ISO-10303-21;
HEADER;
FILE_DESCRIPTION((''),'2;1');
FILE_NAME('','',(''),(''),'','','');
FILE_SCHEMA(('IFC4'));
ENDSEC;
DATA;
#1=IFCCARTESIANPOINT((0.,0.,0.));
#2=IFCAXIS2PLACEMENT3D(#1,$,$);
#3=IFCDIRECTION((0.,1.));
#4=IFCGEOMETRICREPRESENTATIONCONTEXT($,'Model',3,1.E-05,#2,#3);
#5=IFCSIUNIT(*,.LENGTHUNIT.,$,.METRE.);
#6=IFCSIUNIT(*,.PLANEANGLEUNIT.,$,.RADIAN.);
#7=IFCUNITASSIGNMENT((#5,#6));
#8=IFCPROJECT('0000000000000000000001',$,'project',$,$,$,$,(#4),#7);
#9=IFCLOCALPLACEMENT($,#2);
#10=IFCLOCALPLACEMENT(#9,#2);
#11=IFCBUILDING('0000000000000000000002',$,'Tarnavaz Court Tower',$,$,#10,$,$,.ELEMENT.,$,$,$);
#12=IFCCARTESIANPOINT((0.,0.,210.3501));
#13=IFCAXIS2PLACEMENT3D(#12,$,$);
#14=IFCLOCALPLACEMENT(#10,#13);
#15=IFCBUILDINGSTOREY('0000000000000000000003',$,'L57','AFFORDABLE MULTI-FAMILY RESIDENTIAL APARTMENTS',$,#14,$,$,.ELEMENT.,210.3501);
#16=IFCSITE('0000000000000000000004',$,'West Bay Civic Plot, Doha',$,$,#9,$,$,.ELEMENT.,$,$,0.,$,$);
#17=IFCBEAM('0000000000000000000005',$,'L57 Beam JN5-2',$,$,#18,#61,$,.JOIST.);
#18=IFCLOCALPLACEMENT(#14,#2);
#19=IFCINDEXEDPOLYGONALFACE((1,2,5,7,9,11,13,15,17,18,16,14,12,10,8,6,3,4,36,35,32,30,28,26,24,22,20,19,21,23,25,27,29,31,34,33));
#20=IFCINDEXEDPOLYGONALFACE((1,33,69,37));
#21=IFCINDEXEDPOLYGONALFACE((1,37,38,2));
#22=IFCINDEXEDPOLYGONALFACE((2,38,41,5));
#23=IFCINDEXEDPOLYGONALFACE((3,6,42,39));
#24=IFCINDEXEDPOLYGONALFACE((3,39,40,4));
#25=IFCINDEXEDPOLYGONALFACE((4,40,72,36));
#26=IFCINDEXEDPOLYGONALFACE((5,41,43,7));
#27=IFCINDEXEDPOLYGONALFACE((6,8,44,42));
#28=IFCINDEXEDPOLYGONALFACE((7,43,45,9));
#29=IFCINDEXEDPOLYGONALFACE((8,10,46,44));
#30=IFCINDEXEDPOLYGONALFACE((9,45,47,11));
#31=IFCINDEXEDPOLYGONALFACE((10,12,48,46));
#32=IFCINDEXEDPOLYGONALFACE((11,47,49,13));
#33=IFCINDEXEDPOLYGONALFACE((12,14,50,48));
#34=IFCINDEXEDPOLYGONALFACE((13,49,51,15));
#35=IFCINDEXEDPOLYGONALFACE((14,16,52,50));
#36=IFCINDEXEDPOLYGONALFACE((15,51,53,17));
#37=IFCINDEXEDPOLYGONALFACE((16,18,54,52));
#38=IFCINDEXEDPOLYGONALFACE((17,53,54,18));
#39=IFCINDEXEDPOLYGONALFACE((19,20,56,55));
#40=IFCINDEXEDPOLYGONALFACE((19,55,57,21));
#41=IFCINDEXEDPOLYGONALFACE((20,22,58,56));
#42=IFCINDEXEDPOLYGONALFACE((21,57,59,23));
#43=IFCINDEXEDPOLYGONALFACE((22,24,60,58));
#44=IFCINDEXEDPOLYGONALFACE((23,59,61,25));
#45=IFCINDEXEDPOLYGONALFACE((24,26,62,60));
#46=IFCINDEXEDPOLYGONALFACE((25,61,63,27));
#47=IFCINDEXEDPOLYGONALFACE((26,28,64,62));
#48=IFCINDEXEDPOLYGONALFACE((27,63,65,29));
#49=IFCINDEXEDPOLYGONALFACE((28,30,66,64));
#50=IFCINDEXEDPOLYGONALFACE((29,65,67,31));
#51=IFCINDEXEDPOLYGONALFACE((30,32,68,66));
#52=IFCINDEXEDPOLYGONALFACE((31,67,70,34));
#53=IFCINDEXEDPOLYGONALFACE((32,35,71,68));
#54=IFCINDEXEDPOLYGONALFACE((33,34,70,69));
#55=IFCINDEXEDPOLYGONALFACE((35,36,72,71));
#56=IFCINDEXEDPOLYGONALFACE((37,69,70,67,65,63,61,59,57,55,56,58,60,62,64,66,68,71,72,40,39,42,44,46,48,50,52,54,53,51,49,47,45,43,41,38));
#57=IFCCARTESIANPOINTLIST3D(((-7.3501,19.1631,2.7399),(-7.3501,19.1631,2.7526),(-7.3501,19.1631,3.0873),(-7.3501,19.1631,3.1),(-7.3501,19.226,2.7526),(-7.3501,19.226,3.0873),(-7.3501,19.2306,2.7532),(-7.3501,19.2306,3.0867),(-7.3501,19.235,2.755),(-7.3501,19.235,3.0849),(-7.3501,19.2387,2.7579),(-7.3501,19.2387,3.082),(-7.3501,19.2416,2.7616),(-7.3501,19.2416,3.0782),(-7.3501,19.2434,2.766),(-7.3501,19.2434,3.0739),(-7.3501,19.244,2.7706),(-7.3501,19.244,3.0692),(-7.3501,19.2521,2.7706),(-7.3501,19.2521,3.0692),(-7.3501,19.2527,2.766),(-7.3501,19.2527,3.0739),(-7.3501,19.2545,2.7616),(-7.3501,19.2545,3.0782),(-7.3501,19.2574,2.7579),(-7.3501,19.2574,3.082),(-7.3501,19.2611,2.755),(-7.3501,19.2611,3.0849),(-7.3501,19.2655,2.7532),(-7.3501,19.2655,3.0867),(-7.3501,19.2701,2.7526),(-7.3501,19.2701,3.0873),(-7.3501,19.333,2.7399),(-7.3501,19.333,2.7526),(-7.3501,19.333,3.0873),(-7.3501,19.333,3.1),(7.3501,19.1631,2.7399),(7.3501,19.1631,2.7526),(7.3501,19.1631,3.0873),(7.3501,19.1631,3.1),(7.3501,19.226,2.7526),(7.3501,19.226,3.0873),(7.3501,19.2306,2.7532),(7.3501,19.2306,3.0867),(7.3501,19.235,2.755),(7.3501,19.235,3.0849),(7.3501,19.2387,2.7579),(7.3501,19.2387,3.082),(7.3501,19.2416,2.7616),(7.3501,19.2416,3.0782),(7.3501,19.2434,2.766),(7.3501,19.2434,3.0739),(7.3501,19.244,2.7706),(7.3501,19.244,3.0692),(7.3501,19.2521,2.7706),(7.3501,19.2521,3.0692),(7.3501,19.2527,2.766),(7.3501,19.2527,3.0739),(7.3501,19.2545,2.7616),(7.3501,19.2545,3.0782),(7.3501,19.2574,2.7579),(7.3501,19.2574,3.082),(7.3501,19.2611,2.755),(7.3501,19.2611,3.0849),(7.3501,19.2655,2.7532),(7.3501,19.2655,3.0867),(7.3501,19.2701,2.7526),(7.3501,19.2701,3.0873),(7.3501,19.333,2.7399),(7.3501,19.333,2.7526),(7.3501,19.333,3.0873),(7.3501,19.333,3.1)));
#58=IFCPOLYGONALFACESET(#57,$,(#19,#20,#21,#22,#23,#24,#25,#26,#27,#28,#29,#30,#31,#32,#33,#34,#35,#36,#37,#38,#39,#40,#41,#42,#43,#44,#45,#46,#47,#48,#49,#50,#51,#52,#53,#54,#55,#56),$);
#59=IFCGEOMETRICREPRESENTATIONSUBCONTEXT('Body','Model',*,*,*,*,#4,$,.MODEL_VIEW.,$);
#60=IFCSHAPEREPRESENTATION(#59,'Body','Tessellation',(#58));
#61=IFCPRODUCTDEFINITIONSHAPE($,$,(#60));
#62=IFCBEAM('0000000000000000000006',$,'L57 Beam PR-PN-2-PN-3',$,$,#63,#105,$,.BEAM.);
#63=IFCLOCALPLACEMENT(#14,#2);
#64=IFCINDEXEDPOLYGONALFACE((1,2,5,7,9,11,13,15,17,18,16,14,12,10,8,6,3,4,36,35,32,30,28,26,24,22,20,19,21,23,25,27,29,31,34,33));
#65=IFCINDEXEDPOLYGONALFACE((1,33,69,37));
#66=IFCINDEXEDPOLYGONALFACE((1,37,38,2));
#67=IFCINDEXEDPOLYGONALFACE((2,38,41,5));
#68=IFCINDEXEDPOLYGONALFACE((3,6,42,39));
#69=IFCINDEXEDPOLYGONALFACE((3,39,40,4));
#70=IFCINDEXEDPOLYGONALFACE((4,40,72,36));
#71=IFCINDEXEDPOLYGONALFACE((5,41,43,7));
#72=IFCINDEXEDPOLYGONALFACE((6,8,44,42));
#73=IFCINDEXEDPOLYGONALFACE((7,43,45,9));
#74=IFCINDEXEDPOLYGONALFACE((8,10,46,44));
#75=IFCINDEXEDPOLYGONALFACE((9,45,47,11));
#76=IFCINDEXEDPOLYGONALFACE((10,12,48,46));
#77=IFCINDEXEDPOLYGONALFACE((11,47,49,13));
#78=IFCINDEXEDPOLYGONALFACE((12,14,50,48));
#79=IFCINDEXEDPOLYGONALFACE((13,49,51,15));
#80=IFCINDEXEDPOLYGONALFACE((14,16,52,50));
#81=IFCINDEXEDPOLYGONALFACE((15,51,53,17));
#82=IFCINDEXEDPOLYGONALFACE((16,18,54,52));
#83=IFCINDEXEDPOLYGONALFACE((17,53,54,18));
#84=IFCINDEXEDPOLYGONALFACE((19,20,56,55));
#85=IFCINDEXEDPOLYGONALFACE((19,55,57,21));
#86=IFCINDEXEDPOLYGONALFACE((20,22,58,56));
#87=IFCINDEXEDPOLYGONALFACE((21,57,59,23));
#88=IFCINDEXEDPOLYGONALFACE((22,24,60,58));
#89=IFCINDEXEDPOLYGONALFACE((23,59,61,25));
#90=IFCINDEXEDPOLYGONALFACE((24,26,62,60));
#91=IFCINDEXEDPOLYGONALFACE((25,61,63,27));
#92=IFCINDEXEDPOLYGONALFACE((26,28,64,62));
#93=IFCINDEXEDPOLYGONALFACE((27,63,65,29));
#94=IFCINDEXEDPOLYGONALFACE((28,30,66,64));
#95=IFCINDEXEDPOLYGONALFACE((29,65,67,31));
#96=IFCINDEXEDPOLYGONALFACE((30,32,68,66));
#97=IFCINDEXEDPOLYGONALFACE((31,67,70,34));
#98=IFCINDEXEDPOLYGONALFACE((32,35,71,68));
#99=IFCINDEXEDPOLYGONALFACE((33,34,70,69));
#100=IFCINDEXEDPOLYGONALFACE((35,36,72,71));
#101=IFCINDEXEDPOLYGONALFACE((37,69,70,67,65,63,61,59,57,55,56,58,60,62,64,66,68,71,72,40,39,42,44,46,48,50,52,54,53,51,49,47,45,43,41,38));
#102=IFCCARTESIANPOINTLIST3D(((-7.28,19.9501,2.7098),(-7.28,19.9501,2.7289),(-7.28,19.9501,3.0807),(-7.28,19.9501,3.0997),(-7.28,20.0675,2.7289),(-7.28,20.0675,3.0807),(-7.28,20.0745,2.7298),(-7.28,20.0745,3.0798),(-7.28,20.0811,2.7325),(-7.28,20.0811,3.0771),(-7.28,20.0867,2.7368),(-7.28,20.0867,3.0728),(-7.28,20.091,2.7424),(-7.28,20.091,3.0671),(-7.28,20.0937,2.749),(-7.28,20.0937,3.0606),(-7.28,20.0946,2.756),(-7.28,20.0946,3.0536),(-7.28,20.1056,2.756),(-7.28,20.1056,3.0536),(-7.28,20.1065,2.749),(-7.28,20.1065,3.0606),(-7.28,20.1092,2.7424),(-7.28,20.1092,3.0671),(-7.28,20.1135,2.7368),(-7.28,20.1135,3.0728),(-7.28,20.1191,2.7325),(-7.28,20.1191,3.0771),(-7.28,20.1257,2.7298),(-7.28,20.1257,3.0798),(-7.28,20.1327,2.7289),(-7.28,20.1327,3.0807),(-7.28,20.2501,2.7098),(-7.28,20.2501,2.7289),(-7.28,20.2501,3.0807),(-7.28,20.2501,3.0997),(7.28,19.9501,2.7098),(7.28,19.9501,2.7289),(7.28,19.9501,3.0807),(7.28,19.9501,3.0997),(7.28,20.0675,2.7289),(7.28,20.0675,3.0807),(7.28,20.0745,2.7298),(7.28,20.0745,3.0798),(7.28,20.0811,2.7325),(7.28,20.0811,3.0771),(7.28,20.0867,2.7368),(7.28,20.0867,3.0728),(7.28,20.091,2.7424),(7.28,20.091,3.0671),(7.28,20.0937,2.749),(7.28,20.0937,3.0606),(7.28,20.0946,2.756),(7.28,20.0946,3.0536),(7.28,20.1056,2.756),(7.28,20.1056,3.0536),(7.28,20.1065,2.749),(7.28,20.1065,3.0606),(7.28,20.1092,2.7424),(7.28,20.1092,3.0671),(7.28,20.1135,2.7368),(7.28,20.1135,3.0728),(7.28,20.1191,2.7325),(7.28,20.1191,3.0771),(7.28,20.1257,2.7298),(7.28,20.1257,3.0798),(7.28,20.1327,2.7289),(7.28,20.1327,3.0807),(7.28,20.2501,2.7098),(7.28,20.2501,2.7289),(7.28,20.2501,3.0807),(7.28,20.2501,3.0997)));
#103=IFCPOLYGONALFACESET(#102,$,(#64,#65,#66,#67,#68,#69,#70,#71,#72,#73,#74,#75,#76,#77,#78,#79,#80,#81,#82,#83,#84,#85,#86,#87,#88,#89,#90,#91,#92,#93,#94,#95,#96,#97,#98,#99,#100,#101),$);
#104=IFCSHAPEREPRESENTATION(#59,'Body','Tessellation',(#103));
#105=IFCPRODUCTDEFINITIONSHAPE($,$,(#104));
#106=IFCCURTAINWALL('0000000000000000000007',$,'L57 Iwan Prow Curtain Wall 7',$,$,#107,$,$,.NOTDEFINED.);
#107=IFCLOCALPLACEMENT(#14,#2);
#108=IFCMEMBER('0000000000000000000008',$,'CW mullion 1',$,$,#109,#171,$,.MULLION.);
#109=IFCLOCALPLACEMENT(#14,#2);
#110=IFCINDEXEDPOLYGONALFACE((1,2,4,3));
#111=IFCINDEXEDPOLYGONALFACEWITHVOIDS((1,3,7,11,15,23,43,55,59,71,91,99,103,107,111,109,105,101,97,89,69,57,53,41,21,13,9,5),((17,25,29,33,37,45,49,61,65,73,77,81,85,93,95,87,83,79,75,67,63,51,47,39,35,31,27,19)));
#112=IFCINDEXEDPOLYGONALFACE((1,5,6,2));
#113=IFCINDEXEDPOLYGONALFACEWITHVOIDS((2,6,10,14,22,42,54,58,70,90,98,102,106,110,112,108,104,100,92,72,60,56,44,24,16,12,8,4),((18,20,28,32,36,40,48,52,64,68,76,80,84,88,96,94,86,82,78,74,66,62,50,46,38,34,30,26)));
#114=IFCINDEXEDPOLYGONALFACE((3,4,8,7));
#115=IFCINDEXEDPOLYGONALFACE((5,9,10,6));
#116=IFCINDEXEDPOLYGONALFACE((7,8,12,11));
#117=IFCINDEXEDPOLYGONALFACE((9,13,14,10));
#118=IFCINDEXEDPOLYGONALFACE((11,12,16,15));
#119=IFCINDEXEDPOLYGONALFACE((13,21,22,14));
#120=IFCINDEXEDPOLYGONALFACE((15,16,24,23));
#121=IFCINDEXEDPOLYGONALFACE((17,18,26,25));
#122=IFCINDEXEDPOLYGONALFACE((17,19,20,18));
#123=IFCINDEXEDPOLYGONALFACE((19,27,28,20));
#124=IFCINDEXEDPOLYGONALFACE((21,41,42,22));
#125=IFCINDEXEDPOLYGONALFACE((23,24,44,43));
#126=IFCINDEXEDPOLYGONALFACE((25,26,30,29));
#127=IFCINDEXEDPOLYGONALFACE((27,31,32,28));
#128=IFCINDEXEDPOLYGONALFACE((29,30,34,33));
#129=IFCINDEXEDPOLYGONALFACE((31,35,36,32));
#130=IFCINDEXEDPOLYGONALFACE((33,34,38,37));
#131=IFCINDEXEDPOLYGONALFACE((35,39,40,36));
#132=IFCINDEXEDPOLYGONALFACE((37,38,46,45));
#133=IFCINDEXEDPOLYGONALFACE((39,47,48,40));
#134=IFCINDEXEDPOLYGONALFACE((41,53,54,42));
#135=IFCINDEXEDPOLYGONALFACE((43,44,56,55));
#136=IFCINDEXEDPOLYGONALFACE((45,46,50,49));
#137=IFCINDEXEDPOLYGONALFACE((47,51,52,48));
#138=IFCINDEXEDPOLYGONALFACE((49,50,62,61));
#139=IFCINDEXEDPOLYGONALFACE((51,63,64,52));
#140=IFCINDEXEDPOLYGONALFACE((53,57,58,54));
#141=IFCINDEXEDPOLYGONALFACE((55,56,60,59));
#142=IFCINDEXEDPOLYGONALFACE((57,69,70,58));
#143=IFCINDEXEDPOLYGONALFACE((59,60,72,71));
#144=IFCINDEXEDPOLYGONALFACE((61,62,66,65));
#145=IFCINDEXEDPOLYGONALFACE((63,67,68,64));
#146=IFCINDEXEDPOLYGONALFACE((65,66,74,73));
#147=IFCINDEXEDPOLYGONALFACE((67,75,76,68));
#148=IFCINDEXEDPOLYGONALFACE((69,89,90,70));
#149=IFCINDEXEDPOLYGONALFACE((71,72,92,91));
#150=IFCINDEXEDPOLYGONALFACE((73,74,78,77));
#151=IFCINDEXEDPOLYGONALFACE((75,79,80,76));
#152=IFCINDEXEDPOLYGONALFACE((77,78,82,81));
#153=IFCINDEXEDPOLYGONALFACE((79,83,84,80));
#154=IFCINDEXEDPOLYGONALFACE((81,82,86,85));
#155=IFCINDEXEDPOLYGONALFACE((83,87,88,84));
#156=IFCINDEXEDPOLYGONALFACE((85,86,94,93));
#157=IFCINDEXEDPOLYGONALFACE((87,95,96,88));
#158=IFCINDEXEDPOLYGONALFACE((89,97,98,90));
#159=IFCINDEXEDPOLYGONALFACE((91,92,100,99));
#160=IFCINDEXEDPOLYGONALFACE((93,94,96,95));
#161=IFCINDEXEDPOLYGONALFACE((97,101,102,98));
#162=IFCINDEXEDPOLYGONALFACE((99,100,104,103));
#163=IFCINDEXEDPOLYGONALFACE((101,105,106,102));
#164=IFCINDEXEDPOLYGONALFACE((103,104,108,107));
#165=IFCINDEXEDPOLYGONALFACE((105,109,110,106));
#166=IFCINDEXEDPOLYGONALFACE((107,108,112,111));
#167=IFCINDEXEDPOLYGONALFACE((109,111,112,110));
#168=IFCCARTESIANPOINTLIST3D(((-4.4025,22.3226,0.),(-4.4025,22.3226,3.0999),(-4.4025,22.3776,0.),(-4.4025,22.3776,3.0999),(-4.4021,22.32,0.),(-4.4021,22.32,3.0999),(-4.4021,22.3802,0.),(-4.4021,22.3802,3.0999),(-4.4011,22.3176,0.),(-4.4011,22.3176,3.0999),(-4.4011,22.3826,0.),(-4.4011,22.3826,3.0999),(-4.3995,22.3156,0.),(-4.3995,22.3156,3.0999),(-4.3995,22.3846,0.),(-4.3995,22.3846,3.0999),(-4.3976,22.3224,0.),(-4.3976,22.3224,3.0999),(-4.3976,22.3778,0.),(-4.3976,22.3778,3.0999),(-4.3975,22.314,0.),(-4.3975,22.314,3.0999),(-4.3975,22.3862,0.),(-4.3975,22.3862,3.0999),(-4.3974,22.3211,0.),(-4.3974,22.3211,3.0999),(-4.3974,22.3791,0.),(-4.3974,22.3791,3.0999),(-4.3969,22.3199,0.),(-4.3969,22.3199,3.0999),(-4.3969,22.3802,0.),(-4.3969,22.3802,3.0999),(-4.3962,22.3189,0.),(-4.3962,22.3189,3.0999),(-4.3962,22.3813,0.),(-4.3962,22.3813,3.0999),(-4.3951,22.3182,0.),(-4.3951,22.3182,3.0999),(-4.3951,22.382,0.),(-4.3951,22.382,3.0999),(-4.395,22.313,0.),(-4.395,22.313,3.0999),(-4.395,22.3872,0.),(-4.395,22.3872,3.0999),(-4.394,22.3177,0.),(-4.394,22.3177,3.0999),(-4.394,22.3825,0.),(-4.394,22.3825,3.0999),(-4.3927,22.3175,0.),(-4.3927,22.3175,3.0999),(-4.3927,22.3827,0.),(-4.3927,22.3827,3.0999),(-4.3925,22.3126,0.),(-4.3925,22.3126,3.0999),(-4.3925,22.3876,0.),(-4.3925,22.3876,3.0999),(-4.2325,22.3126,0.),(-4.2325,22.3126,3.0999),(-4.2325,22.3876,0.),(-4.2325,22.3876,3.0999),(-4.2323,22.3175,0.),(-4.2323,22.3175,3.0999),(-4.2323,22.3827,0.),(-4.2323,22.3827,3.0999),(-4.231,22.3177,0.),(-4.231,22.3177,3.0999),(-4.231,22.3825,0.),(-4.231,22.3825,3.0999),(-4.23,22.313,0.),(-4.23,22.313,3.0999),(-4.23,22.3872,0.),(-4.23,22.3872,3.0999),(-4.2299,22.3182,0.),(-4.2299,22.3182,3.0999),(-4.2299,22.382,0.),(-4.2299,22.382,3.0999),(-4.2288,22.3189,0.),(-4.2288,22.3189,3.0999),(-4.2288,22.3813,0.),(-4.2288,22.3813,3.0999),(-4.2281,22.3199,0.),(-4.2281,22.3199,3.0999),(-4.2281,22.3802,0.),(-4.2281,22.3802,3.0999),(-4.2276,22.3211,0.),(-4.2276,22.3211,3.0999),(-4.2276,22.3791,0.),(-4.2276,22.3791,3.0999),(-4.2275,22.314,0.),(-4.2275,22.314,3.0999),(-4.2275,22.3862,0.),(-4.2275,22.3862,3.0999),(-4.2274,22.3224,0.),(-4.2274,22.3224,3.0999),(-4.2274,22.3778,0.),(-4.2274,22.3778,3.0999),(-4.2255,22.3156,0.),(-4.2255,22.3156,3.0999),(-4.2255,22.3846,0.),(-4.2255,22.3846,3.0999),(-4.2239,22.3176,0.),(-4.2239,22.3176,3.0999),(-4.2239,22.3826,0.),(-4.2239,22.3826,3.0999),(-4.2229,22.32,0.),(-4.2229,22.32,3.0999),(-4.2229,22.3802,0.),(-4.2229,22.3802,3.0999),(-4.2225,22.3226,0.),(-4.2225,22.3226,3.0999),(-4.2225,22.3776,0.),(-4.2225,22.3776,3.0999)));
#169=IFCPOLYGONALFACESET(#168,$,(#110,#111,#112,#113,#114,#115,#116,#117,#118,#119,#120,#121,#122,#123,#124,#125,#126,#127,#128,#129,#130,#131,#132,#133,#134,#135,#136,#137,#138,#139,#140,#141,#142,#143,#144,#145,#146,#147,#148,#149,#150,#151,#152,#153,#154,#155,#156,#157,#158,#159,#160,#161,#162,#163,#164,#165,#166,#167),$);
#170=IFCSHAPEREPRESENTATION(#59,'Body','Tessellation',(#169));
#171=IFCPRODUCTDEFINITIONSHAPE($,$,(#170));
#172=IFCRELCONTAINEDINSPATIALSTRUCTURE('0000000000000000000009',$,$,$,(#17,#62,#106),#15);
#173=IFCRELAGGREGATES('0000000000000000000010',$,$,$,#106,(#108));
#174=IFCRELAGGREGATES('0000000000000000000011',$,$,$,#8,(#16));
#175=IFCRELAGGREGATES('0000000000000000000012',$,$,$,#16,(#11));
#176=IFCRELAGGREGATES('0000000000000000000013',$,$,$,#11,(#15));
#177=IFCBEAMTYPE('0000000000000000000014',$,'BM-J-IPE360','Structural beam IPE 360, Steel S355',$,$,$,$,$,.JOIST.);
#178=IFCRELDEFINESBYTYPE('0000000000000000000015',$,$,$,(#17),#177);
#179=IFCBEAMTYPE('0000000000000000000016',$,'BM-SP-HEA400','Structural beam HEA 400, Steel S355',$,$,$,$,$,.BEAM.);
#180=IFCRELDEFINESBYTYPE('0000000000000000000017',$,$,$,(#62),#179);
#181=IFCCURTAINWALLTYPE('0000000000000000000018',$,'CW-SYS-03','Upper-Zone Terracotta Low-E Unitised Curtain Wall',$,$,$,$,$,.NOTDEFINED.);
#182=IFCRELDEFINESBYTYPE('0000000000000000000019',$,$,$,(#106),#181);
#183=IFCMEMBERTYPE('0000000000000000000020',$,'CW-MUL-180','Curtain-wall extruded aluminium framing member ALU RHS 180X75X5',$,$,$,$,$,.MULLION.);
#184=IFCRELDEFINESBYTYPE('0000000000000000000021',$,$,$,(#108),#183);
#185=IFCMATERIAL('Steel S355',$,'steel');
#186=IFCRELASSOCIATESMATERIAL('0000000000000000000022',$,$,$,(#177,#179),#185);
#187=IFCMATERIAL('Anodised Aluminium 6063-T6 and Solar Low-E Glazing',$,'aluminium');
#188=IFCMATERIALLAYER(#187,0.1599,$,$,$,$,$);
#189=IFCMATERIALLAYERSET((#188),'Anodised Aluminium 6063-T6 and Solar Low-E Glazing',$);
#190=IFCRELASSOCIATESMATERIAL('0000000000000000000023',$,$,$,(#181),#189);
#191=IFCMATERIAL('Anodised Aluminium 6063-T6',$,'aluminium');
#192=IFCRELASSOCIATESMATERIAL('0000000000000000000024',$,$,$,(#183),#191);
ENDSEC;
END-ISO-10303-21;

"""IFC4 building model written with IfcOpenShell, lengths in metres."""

from ifc_helpers import new_model, si_unit, direction, frame, origin, origin_2d, place, context, subcontext, project, spatial, hollow_rectangle, i_section, extrude, material, layer, layer_set, material_profile, profile_set, type_object, element, aggregate, save


model = new_model("IFC4")

# Units and contexts
model_context = context("Model", 3, precision=1e-05, world=origin(), true_north=direction((0.0, 1.0)))
body_context = subcontext(model_context, "Body", "Model", "MODEL_VIEW")
ifc_project = project(units=[si_unit("LENGTHUNIT", "METRE"), si_unit("PLANEANGLEUNIT", "RADIAN")], contexts=[model_context])

# Site, building, storey
site_placement = place(None, origin())
site = spatial("IfcSite", under=ifc_project, at=site_placement, Name="West Bay Civic Plot, Doha", CompositionType="ELEMENT", RefElevation=0.0)
building_placement = place(site_placement, origin())
building = spatial("IfcBuilding", under=site, at=building_placement, Name="Tarnavaz Court Tower", CompositionType="ELEMENT")
storey_placement = place(building_placement, frame((0.0, 0.0, 210.3501)))
storey = spatial("IfcBuildingStorey", under=building, at=storey_placement, Name="L57", Description="AFFORDABLE MULTI-FAMILY RESIDENTIAL APARTMENTS", CompositionType="ELEMENT", Elevation=210.3501)

# Beams
ifc_material_1 = material(Name="Steel S355", Category="steel")
ifc_material_profile_1 = material_profile(ifc_material_1, i_section(OverallWidth=0.1699, OverallDepth=0.3601, WebThickness=0.0081, FlangeThickness=0.0127, FilletRadius=0.0181, at=origin_2d()), Name="IPE 360")
ifc_profile_set_1 = profile_set([ifc_material_profile_1], Name="Steel S355")
beam_type_1 = type_object("IfcBeamType", Name="BM-J-IPE360", Description="Structural beam IPE 360, Steel S355", PredefinedType="JOIST", material=ifc_profile_set_1)
for number, where, z_axis, x_axis, name in (
    (1, (-7.3501, 19.248, 2.9199), (1.0, 0.0, 0.0), (0.0, 1.0, 0.0), "L57 Beam JN5-2"),
):
    element("IfcBeam", number, at=place(storey_placement, frame(where, z_axis=z_axis, x_axis=x_axis)), inside=storey, type_object=beam_type_1, Name=name, PredefinedType="JOIST", context=body_context, shape_type="SweptSolid", body=[
        extrude(i_section(OverallWidth=0.1699, OverallDepth=0.3601, WebThickness=0.0081, FlangeThickness=0.0127, FilletRadius=0.0181, at=origin_2d()), origin(), (0.0, 0.0, 1.0), 14.7002),
    ])
ifc_material_profile_2 = material_profile(ifc_material_1, i_section(OverallWidth=0.3, OverallDepth=0.3899, WebThickness=0.011, FlangeThickness=0.019, FilletRadius=0.0271, at=origin_2d()), Name="HEA 400")
ifc_profile_set_2 = profile_set([ifc_material_profile_2], Name="Steel S355")
beam_type_2 = type_object("IfcBeamType", Name="BM-SP-HEA400", Description="Structural beam HEA 400, Steel S355", PredefinedType="BEAM", material=ifc_profile_set_2)
beam_placement = place(storey_placement, frame((-7.28, 20.1001, 2.9048), z_axis=(1.0, 0.0, 0.0), x_axis=(0.0, 1.0, 0.0)))
element("IfcBeam", 2, at=beam_placement, inside=storey, type_object=beam_type_2, Name="L57 Beam PR-PN-2-PN-3", PredefinedType="BEAM", context=body_context, shape_type="SweptSolid", body=[
    extrude(i_section(OverallWidth=0.3, OverallDepth=0.3899, WebThickness=0.011, FlangeThickness=0.019, FilletRadius=0.0271, at=origin_2d()), origin(), (0.0, 0.0, 1.0), 14.5601),
])

# Curtain wall, member
ifc_material_2 = material(Name="Anodised Aluminium 6063-T6 and Solar Low-E Glazing", Category="aluminium")
ifc_layer_1 = layer(ifc_material_2, 0.1599)
ifc_layer_set_1 = layer_set([ifc_layer_1], Name="Anodised Aluminium 6063-T6 and Solar Low-E Glazing")
curtain_wall_type = type_object("IfcCurtainWallType", Name="CW-SYS-03", Description="Upper-Zone Terracotta Low-E Unitised Curtain Wall", PredefinedType="NOTDEFINED", material=ifc_layer_set_1)
curtain_wall_placement = place(storey_placement, origin())
curtain_wall = element("IfcCurtainWall", 3, at=curtain_wall_placement, inside=storey, type_object=curtain_wall_type, Name="L57 Iwan Prow Curtain Wall 7", PredefinedType="NOTDEFINED")
ifc_material_3 = material(Name="Anodised Aluminium 6063-T6", Category="aluminium")
ifc_material_profile_3 = material_profile(ifc_material_3, hollow_rectangle(XDim=0.075, YDim=0.1799, WallThickness=0.0049, InnerFilletRadius=0.0049, OuterFilletRadius=0.01, at=origin_2d()), Name="ALU RHS 180X75X5")
ifc_profile_set_3 = profile_set([ifc_material_profile_3], Name="Anodised Aluminium 6063-T6")
member_type_1 = type_object("IfcMemberType", Name="CW-MUL-180", Description="Curtain-wall extruded aluminium framing member ALU RHS 180X75X5", PredefinedType="MULLION", material=ifc_profile_set_3)
member_1_placement = place(storey_placement, frame((-4.3125, 22.3501, 0.0), z_axis=(0.0, 0.0, 1.0), x_axis=(0.0, 1.0, 0.0)))
member_1 = element("IfcMember", 4, at=member_1_placement, type_object=member_type_1, Name="CW mullion 1", PredefinedType="MULLION", context=body_context, shape_type="SweptSolid", body=[
    extrude(hollow_rectangle(XDim=0.075, YDim=0.1799, WallThickness=0.0049, InnerFilletRadius=0.0049, OuterFilletRadius=0.01, at=origin_2d()), origin(), (0.0, 0.0, 1.0), 3.0999),
])
aggregate(curtain_wall, [member_1])

save(model, "model.ifc")
